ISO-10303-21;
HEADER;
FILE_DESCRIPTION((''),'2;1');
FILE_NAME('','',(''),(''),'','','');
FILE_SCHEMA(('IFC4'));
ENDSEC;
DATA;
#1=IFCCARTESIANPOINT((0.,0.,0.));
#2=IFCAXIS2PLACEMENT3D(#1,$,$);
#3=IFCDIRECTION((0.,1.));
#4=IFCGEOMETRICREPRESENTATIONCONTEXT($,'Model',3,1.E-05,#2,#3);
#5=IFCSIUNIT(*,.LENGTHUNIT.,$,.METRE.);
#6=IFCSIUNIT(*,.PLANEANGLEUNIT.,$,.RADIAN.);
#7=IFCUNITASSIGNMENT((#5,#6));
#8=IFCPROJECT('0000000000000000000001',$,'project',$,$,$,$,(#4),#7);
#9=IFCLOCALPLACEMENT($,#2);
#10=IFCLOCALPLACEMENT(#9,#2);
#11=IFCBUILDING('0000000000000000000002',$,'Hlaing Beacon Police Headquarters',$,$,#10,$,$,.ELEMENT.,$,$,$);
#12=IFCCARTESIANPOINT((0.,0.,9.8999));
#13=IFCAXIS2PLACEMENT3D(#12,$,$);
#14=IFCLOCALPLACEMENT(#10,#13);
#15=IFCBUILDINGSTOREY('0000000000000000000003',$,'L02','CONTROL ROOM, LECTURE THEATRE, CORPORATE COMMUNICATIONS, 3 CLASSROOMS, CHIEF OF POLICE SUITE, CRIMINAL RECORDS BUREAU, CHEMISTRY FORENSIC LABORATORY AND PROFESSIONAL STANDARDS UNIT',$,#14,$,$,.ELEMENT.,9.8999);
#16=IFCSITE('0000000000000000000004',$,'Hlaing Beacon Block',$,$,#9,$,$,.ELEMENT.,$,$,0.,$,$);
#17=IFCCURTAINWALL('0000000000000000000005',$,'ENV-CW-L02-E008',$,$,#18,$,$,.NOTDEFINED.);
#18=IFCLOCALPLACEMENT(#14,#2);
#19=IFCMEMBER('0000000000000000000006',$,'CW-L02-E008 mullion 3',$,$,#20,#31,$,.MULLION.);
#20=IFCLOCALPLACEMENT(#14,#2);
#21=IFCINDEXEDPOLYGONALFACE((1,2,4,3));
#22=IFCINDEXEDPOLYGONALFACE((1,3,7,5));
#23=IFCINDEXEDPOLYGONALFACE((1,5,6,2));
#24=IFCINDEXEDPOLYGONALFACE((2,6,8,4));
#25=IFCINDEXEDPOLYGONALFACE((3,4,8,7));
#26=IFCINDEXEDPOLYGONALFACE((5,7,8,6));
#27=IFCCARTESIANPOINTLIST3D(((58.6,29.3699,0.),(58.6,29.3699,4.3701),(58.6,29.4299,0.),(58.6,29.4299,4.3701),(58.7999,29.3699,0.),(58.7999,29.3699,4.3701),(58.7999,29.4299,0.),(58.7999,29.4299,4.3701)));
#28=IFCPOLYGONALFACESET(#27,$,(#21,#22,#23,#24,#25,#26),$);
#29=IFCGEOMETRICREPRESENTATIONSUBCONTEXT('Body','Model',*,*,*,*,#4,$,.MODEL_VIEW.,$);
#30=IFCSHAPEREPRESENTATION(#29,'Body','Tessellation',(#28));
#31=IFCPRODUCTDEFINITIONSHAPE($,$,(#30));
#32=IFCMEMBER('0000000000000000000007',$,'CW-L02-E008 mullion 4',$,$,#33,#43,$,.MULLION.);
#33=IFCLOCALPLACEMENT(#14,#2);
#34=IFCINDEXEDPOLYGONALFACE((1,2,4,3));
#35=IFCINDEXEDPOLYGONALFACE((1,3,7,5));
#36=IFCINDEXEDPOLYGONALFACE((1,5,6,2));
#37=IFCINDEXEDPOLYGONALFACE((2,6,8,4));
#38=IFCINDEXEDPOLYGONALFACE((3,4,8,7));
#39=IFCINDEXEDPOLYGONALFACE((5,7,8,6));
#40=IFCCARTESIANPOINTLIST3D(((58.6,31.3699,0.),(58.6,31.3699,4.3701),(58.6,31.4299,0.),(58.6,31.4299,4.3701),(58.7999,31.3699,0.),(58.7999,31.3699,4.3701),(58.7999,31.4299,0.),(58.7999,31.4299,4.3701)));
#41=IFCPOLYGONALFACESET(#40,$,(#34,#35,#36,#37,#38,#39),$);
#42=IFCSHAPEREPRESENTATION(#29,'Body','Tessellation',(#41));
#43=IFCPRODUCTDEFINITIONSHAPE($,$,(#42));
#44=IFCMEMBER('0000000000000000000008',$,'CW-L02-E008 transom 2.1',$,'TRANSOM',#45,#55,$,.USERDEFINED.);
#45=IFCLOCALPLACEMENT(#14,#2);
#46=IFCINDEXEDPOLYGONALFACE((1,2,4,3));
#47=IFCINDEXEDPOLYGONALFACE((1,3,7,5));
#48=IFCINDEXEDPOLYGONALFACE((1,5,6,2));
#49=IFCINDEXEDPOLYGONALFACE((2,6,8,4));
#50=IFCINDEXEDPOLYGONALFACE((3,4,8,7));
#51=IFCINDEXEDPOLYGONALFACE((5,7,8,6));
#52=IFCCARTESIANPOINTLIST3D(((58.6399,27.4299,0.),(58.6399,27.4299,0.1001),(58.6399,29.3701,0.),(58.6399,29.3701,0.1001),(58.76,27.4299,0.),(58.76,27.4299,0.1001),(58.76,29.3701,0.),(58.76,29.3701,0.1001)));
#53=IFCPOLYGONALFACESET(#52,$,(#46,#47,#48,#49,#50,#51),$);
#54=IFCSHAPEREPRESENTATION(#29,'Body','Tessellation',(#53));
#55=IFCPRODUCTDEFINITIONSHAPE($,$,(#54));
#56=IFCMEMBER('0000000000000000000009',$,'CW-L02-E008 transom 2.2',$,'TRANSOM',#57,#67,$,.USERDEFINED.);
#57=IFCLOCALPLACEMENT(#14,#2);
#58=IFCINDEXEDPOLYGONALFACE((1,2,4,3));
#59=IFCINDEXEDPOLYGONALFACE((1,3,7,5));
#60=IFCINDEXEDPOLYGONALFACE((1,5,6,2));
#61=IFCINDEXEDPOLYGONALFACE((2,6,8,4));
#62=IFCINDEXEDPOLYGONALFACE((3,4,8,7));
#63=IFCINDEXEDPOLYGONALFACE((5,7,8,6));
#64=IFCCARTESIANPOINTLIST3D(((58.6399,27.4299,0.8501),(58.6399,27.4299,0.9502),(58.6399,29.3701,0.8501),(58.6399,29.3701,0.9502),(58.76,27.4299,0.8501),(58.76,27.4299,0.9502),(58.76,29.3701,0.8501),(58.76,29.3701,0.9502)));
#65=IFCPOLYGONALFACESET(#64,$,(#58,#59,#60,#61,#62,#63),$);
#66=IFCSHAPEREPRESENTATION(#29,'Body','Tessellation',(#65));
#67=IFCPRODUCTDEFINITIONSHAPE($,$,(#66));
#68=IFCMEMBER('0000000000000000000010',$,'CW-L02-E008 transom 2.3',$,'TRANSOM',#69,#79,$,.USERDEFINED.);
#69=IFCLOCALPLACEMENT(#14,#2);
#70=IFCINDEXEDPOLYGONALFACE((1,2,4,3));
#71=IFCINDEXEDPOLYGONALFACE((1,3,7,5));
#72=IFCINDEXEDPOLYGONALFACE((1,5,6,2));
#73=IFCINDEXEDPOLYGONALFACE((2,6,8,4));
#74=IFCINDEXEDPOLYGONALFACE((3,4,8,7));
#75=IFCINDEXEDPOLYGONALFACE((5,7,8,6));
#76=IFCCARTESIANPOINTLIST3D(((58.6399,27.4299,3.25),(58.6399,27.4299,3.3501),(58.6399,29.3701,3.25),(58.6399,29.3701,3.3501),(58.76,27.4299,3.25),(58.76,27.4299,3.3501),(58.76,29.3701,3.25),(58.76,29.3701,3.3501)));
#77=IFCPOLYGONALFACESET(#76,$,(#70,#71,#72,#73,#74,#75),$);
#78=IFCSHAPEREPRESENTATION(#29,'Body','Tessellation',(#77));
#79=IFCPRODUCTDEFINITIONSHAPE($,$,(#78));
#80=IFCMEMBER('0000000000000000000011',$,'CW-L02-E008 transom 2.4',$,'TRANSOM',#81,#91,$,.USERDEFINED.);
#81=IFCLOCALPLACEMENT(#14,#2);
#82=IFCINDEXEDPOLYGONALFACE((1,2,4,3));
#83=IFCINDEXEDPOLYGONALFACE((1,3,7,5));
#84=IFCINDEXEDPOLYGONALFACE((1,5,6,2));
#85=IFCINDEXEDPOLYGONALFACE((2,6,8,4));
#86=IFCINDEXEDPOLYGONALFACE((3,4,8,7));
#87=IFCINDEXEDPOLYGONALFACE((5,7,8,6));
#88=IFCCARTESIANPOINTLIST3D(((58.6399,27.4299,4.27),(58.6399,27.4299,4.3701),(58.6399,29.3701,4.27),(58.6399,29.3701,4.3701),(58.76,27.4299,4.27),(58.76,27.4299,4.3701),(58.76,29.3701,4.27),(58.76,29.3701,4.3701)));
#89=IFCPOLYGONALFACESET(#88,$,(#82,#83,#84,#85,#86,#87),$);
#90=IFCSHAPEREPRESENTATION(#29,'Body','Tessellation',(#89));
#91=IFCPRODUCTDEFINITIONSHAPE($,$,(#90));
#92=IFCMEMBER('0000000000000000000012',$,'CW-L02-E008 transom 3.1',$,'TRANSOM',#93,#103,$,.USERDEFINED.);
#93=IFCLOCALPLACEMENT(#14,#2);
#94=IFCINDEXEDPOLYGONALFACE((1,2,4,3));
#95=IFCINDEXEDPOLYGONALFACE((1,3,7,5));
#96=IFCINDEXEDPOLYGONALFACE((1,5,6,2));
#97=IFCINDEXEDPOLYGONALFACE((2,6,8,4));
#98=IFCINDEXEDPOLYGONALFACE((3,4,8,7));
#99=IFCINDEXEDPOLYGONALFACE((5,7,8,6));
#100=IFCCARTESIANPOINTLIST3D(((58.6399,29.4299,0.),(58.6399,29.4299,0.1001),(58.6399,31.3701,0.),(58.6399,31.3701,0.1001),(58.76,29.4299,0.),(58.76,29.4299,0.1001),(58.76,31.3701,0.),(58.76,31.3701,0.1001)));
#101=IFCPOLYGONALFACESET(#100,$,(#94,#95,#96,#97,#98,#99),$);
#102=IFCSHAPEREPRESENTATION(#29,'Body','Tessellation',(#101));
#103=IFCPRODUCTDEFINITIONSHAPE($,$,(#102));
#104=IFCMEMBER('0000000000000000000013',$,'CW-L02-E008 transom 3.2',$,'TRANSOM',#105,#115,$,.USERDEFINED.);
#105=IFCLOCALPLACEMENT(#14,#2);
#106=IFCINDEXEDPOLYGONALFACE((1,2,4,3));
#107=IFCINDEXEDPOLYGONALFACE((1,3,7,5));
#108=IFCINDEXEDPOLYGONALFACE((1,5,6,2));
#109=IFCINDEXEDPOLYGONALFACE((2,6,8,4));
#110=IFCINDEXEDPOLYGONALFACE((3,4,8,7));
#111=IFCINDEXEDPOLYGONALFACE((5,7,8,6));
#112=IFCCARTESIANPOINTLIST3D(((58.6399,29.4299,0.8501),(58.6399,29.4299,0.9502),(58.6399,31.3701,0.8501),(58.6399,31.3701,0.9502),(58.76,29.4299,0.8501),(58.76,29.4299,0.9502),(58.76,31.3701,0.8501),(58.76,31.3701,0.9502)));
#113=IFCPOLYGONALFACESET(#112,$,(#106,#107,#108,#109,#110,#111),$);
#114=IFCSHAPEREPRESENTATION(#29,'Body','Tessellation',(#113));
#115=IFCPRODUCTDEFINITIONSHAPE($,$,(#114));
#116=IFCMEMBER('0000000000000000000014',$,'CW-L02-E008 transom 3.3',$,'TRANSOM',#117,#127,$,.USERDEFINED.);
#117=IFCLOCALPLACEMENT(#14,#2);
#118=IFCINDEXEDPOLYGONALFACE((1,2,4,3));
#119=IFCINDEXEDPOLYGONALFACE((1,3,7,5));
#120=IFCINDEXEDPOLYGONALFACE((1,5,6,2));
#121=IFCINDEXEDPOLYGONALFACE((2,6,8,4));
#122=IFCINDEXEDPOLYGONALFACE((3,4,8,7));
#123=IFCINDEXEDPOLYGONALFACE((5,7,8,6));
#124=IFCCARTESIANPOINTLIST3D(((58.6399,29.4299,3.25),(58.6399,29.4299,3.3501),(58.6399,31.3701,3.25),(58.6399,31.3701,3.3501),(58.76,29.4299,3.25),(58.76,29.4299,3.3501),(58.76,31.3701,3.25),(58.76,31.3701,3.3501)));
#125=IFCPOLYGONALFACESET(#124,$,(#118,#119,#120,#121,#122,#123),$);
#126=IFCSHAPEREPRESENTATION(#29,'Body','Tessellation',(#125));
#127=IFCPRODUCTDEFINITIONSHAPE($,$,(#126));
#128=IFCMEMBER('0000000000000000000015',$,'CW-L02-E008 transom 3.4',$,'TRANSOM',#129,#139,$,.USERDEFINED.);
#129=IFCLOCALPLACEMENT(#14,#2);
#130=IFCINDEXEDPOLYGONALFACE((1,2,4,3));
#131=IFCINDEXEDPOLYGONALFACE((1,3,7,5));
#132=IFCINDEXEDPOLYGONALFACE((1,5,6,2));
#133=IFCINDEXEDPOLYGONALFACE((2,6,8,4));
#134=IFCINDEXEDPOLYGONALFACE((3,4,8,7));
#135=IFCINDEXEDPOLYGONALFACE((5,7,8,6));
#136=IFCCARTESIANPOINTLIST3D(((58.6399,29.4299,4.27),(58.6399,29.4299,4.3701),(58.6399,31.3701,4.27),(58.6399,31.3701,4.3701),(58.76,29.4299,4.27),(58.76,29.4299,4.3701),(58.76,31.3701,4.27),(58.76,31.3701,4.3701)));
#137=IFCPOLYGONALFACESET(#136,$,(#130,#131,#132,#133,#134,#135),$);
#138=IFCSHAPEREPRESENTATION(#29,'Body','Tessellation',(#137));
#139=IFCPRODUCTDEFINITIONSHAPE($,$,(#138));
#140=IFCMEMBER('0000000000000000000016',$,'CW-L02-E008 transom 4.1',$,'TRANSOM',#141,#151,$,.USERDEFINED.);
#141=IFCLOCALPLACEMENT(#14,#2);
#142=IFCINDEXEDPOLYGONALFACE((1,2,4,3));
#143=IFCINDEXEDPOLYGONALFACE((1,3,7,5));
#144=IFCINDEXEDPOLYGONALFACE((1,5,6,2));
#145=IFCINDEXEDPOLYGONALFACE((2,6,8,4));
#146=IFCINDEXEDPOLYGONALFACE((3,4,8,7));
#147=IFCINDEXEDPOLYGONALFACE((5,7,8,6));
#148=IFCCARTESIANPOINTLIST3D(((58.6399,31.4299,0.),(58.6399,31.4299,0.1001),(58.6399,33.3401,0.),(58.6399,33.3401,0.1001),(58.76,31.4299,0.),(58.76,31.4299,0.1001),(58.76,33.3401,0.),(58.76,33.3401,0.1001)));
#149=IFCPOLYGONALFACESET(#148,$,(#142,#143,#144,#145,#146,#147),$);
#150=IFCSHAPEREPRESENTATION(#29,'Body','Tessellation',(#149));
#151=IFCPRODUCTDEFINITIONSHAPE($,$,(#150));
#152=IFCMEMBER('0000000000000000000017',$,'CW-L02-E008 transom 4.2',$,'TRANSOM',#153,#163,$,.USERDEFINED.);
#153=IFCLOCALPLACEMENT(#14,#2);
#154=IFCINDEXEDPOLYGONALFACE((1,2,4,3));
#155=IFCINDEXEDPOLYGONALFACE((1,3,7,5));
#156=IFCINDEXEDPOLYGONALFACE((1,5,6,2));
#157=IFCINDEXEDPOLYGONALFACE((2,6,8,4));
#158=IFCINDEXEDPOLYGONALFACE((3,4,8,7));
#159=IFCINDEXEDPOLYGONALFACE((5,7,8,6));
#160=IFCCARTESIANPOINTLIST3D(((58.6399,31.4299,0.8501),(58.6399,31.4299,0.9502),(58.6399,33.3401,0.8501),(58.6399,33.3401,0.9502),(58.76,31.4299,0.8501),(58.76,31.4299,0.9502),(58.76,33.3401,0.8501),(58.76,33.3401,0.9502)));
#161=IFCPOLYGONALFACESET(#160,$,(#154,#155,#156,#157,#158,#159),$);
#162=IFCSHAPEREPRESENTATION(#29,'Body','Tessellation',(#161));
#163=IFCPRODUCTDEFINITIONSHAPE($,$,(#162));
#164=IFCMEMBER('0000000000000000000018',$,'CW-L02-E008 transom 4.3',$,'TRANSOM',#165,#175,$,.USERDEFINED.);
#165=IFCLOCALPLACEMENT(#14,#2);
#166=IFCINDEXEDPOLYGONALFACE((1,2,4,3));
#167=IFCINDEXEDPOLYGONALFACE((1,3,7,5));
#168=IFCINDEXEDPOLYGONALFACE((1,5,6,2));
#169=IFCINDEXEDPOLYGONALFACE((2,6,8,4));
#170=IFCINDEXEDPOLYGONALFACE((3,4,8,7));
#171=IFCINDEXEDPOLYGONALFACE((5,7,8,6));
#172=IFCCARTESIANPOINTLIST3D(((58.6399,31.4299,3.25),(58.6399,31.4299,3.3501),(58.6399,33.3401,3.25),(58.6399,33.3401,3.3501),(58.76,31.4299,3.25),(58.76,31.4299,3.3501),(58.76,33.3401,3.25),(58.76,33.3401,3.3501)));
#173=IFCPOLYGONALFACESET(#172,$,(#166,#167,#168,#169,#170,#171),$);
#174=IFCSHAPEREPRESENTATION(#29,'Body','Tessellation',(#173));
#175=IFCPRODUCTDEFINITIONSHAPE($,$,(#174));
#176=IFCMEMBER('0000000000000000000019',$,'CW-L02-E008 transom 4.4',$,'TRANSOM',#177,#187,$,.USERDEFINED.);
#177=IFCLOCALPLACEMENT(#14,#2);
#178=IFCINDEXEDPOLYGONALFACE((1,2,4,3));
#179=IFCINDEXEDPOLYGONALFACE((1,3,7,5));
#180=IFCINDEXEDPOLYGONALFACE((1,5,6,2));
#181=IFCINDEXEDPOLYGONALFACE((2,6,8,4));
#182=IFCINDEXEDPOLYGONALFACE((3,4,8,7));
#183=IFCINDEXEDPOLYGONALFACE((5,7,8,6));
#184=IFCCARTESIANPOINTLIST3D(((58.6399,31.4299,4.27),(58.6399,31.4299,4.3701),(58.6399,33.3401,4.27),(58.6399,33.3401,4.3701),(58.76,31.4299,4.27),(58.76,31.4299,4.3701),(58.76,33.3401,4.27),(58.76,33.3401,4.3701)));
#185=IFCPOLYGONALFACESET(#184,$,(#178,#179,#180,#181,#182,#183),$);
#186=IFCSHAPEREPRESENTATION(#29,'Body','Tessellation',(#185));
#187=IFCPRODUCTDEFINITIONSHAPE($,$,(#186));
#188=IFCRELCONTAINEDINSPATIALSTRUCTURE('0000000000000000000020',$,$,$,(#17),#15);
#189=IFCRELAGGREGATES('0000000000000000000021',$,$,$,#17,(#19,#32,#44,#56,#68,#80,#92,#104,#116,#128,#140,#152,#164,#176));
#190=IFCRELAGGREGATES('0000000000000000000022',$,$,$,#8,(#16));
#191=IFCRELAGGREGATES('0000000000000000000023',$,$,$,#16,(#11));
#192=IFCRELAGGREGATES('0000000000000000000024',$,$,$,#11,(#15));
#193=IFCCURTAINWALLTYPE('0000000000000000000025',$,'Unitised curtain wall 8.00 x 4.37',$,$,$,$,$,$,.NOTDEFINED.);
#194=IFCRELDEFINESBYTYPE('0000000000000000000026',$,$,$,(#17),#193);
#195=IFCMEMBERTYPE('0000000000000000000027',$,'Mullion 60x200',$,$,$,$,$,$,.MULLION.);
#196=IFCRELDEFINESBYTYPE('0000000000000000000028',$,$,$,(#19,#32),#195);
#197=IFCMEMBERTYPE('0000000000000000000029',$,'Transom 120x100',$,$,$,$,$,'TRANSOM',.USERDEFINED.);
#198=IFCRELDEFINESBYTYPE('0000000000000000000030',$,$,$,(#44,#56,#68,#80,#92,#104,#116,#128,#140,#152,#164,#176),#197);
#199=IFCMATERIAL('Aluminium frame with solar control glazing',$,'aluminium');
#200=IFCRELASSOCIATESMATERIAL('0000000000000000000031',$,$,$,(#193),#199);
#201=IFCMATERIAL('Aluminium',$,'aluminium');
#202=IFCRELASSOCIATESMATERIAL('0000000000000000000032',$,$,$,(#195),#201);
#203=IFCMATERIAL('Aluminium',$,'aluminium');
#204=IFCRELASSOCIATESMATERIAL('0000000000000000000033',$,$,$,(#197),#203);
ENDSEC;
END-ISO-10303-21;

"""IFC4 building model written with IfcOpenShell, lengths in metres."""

from ifc_helpers import new_model, si_unit, direction, frame, origin, origin_2d, place, context, subcontext, project, spatial, rectangle, extrude, material, material_profile, profile_set, type_object, element, aggregate, save


model = new_model("IFC4")

# Units and contexts
model_context = context("Model", 3, precision=1e-05, world=origin(), true_north=direction((0.0, 1.0)))
body_context = subcontext(model_context, "Body", "Model", "MODEL_VIEW")
ifc_project = project(units=[si_unit("LENGTHUNIT", "METRE"), si_unit("PLANEANGLEUNIT", "RADIAN")], contexts=[model_context])

# Site, building, storey
site_placement = place(None, origin())
site = spatial("IfcSite", under=ifc_project, at=site_placement, Name="Hlaing Beacon Block", CompositionType="ELEMENT", RefElevation=0.0)
building_placement = place(site_placement, origin())
building = spatial("IfcBuilding", under=site, at=building_placement, Name="Hlaing Beacon Police Headquarters", CompositionType="ELEMENT")
storey_placement = place(building_placement, frame((0.0, 0.0, 9.8999)))
storey = spatial("IfcBuildingStorey", under=building, at=storey_placement, Name="L02", Description="CONTROL ROOM, LECTURE THEATRE, CORPORATE COMMUNICATIONS, 3 CLASSROOMS, CHIEF OF POLICE SUITE, CRIMINAL RECORDS BUREAU, CHEMISTRY FORENSIC LABORATORY AND PROFESSIONAL STANDARDS UNIT", CompositionType="ELEMENT", Elevation=9.8999)

# Curtain wall, members
ifc_material_1 = material(Name="Aluminium frame with solar control glazing", Category="aluminium")
curtain_wall_type = type_object("IfcCurtainWallType", Name="Unitised curtain wall 8.00 x 4.37", PredefinedType="NOTDEFINED", material=ifc_material_1)
curtain_wall_placement = place(storey_placement, origin())
curtain_wall = element("IfcCurtainWall", 1, at=curtain_wall_placement, inside=storey, type_object=curtain_wall_type, Name="ENV-CW-L02-E008", PredefinedType="NOTDEFINED")
ifc_material_2 = material(Name="Aluminium", Category="aluminium")
ifc_material_profile_1 = material_profile(ifc_material_2, rectangle(XDim=0.2, YDim=0.0601, at=origin_2d()), Name="Mullion 60x200")
ifc_profile_set_1 = profile_set([ifc_material_profile_1], Name="Aluminium")
member_type_1 = type_object("IfcMemberType", Name="Mullion 60x200", PredefinedType="MULLION", material=ifc_profile_set_1)
member_1_placement = place(storey_placement, frame((58.7, 29.3999, 0.0), z_axis=(0.0, 0.0, 1.0), x_axis=(-1.0, 0.0, 0.0)))
member_1 = element("IfcMember", 2, at=member_1_placement, type_object=member_type_1, Name="CW-L02-E008 mullion 3", PredefinedType="MULLION", context=body_context, shape_type="SweptSolid", body=[
    extrude(rectangle(XDim=0.2, YDim=0.0601, at=origin_2d()), origin(), (0.0, 0.0, 1.0), 4.3701),
])
member_2_placement = place(storey_placement, frame((58.7, 31.3999, 0.0), z_axis=(0.0, 0.0, 1.0), x_axis=(-1.0, 0.0, 0.0)))
member_2 = element("IfcMember", 3, at=member_2_placement, type_object=member_type_1, Name="CW-L02-E008 mullion 4", PredefinedType="MULLION", context=body_context, shape_type="SweptSolid", body=[
    extrude(rectangle(XDim=0.2, YDim=0.0601, at=origin_2d()), origin(), (0.0, 0.0, 1.0), 4.3701),
])
ifc_material_3 = material(Name="Aluminium", Category="aluminium")
ifc_material_profile_2 = material_profile(ifc_material_3, rectangle(XDim=0.1201, YDim=0.1001, at=origin_2d()), Name="Transom 120x100")
ifc_profile_set_2 = profile_set([ifc_material_profile_2], Name="Aluminium")
member_type_2 = type_object("IfcMemberType", Name="Transom 120x100", ElementType="TRANSOM", PredefinedType="USERDEFINED", material=ifc_profile_set_2)
member_3_placement = place(storey_placement, frame((58.7, 27.4299, 0.05), z_axis=(0.0, 1.0, 0.0), x_axis=(-1.0, 0.0, 0.0)))
member_3 = element("IfcMember", 4, at=member_3_placement, type_object=member_type_2, Name="CW-L02-E008 transom 2.1", ObjectType="TRANSOM", PredefinedType="USERDEFINED", context=body_context, shape_type="SweptSolid", body=[
    extrude(rectangle(XDim=0.1201, YDim=0.1001, at=origin_2d()), origin(), (0.0, 0.0, 1.0), 1.9402),
])
member_4_placement = place(storey_placement, frame((58.7, 27.4299, 0.9001), z_axis=(0.0, 1.0, 0.0), x_axis=(-1.0, 0.0, 0.0)))
member_4 = element("IfcMember", 5, at=member_4_placement, type_object=member_type_2, Name="CW-L02-E008 transom 2.2", ObjectType="TRANSOM", PredefinedType="USERDEFINED", context=body_context, shape_type="SweptSolid", body=[
    extrude(rectangle(XDim=0.1201, YDim=0.1001, at=origin_2d()), origin(), (0.0, 0.0, 1.0), 1.9402),
])
member_5_placement = place(storey_placement, frame((58.7, 27.4299, 3.3), z_axis=(0.0, 1.0, 0.0), x_axis=(-1.0, 0.0, 0.0)))
member_5 = element("IfcMember", 6, at=member_5_placement, type_object=member_type_2, Name="CW-L02-E008 transom 2.3", ObjectType="TRANSOM", PredefinedType="USERDEFINED", context=body_context, shape_type="SweptSolid", body=[
    extrude(rectangle(XDim=0.1201, YDim=0.1001, at=origin_2d()), origin(), (0.0, 0.0, 1.0), 1.9402),
])
member_6_placement = place(storey_placement, frame((58.7, 27.4299, 4.3201), z_axis=(0.0, 1.0, 0.0), x_axis=(-1.0, 0.0, 0.0)))
member_6 = element("IfcMember", 7, at=member_6_placement, type_object=member_type_2, Name="CW-L02-E008 transom 2.4", ObjectType="TRANSOM", PredefinedType="USERDEFINED", context=body_context, shape_type="SweptSolid", body=[
    extrude(rectangle(XDim=0.1201, YDim=0.1001, at=origin_2d()), origin(), (0.0, 0.0, 1.0), 1.9402),
])
member_7_placement = place(storey_placement, frame((58.7, 29.4299, 0.05), z_axis=(0.0, 1.0, 0.0), x_axis=(-1.0, 0.0, 0.0)))
member_7 = element("IfcMember", 8, at=member_7_placement, type_object=member_type_2, Name="CW-L02-E008 transom 3.1", ObjectType="TRANSOM", PredefinedType="USERDEFINED", context=body_context, shape_type="SweptSolid", body=[
    extrude(rectangle(XDim=0.1201, YDim=0.1001, at=origin_2d()), origin(), (0.0, 0.0, 1.0), 1.9402),
])
member_8_placement = place(storey_placement, frame((58.7, 29.4299, 0.9001), z_axis=(0.0, 1.0, 0.0), x_axis=(-1.0, 0.0, 0.0)))
member_8 = element("IfcMember", 9, at=member_8_placement, type_object=member_type_2, Name="CW-L02-E008 transom 3.2", ObjectType="TRANSOM", PredefinedType="USERDEFINED", context=body_context, shape_type="SweptSolid", body=[
    extrude(rectangle(XDim=0.1201, YDim=0.1001, at=origin_2d()), origin(), (0.0, 0.0, 1.0), 1.9402),
])
member_9_placement = place(storey_placement, frame((58.7, 29.4299, 3.3), z_axis=(0.0, 1.0, 0.0), x_axis=(-1.0, 0.0, 0.0)))
member_9 = element("IfcMember", 10, at=member_9_placement, type_object=member_type_2, Name="CW-L02-E008 transom 3.3", ObjectType="TRANSOM", PredefinedType="USERDEFINED", context=body_context, shape_type="SweptSolid", body=[
    extrude(rectangle(XDim=0.1201, YDim=0.1001, at=origin_2d()), origin(), (0.0, 0.0, 1.0), 1.9402),
])
member_10_placement = place(storey_placement, frame((58.7, 29.4299, 4.3201), z_axis=(0.0, 1.0, 0.0), x_axis=(-1.0, 0.0, 0.0)))
member_10 = element("IfcMember", 11, at=member_10_placement, type_object=member_type_2, Name="CW-L02-E008 transom 3.4", ObjectType="TRANSOM", PredefinedType="USERDEFINED", context=body_context, shape_type="SweptSolid", body=[
    extrude(rectangle(XDim=0.1201, YDim=0.1001, at=origin_2d()), origin(), (0.0, 0.0, 1.0), 1.9402),
])
member_11_placement = place(storey_placement, frame((58.7, 31.4299, 0.05), z_axis=(0.0, 1.0, 0.0), x_axis=(-1.0, 0.0, 0.0)))
member_11 = element("IfcMember", 12, at=member_11_placement, type_object=member_type_2, Name="CW-L02-E008 transom 4.1", ObjectType="TRANSOM", PredefinedType="USERDEFINED", context=body_context, shape_type="SweptSolid", body=[
    extrude(rectangle(XDim=0.1201, YDim=0.1001, at=origin_2d()), origin(), (0.0, 0.0, 1.0), 1.9102),
])
member_12_placement = place(storey_placement, frame((58.7, 31.4299, 0.9001), z_axis=(0.0, 1.0, 0.0), x_axis=(-1.0, 0.0, 0.0)))
member_12 = element("IfcMember", 13, at=member_12_placement, type_object=member_type_2, Name="CW-L02-E008 transom 4.2", ObjectType="TRANSOM", PredefinedType="USERDEFINED", context=body_context, shape_type="SweptSolid", body=[
    extrude(rectangle(XDim=0.1201, YDim=0.1001, at=origin_2d()), origin(), (0.0, 0.0, 1.0), 1.9102),
])
member_13_placement = place(storey_placement, frame((58.7, 31.4299, 3.3), z_axis=(0.0, 1.0, 0.0), x_axis=(-1.0, 0.0, 0.0)))
member_13 = element("IfcMember", 14, at=member_13_placement, type_object=member_type_2, Name="CW-L02-E008 transom 4.3", ObjectType="TRANSOM", PredefinedType="USERDEFINED", context=body_context, shape_type="SweptSolid", body=[
    extrude(rectangle(XDim=0.1201, YDim=0.1001, at=origin_2d()), origin(), (0.0, 0.0, 1.0), 1.9102),
])
member_14_placement = place(storey_placement, frame((58.7, 31.4299, 4.3201), z_axis=(0.0, 1.0, 0.0), x_axis=(-1.0, 0.0, 0.0)))
member_14 = element("IfcMember", 15, at=member_14_placement, type_object=member_type_2, Name="CW-L02-E008 transom 4.4", ObjectType="TRANSOM", PredefinedType="USERDEFINED", context=body_context, shape_type="SweptSolid", body=[
    extrude(rectangle(XDim=0.1201, YDim=0.1001, at=origin_2d()), origin(), (0.0, 0.0, 1.0), 1.9102),
])
aggregate(curtain_wall, [member_1, member_2, member_3, member_4, member_5, member_6, member_7, member_8, member_9, member_10, member_11, member_12, member_13, member_14])

save(model, "model.ifc")
